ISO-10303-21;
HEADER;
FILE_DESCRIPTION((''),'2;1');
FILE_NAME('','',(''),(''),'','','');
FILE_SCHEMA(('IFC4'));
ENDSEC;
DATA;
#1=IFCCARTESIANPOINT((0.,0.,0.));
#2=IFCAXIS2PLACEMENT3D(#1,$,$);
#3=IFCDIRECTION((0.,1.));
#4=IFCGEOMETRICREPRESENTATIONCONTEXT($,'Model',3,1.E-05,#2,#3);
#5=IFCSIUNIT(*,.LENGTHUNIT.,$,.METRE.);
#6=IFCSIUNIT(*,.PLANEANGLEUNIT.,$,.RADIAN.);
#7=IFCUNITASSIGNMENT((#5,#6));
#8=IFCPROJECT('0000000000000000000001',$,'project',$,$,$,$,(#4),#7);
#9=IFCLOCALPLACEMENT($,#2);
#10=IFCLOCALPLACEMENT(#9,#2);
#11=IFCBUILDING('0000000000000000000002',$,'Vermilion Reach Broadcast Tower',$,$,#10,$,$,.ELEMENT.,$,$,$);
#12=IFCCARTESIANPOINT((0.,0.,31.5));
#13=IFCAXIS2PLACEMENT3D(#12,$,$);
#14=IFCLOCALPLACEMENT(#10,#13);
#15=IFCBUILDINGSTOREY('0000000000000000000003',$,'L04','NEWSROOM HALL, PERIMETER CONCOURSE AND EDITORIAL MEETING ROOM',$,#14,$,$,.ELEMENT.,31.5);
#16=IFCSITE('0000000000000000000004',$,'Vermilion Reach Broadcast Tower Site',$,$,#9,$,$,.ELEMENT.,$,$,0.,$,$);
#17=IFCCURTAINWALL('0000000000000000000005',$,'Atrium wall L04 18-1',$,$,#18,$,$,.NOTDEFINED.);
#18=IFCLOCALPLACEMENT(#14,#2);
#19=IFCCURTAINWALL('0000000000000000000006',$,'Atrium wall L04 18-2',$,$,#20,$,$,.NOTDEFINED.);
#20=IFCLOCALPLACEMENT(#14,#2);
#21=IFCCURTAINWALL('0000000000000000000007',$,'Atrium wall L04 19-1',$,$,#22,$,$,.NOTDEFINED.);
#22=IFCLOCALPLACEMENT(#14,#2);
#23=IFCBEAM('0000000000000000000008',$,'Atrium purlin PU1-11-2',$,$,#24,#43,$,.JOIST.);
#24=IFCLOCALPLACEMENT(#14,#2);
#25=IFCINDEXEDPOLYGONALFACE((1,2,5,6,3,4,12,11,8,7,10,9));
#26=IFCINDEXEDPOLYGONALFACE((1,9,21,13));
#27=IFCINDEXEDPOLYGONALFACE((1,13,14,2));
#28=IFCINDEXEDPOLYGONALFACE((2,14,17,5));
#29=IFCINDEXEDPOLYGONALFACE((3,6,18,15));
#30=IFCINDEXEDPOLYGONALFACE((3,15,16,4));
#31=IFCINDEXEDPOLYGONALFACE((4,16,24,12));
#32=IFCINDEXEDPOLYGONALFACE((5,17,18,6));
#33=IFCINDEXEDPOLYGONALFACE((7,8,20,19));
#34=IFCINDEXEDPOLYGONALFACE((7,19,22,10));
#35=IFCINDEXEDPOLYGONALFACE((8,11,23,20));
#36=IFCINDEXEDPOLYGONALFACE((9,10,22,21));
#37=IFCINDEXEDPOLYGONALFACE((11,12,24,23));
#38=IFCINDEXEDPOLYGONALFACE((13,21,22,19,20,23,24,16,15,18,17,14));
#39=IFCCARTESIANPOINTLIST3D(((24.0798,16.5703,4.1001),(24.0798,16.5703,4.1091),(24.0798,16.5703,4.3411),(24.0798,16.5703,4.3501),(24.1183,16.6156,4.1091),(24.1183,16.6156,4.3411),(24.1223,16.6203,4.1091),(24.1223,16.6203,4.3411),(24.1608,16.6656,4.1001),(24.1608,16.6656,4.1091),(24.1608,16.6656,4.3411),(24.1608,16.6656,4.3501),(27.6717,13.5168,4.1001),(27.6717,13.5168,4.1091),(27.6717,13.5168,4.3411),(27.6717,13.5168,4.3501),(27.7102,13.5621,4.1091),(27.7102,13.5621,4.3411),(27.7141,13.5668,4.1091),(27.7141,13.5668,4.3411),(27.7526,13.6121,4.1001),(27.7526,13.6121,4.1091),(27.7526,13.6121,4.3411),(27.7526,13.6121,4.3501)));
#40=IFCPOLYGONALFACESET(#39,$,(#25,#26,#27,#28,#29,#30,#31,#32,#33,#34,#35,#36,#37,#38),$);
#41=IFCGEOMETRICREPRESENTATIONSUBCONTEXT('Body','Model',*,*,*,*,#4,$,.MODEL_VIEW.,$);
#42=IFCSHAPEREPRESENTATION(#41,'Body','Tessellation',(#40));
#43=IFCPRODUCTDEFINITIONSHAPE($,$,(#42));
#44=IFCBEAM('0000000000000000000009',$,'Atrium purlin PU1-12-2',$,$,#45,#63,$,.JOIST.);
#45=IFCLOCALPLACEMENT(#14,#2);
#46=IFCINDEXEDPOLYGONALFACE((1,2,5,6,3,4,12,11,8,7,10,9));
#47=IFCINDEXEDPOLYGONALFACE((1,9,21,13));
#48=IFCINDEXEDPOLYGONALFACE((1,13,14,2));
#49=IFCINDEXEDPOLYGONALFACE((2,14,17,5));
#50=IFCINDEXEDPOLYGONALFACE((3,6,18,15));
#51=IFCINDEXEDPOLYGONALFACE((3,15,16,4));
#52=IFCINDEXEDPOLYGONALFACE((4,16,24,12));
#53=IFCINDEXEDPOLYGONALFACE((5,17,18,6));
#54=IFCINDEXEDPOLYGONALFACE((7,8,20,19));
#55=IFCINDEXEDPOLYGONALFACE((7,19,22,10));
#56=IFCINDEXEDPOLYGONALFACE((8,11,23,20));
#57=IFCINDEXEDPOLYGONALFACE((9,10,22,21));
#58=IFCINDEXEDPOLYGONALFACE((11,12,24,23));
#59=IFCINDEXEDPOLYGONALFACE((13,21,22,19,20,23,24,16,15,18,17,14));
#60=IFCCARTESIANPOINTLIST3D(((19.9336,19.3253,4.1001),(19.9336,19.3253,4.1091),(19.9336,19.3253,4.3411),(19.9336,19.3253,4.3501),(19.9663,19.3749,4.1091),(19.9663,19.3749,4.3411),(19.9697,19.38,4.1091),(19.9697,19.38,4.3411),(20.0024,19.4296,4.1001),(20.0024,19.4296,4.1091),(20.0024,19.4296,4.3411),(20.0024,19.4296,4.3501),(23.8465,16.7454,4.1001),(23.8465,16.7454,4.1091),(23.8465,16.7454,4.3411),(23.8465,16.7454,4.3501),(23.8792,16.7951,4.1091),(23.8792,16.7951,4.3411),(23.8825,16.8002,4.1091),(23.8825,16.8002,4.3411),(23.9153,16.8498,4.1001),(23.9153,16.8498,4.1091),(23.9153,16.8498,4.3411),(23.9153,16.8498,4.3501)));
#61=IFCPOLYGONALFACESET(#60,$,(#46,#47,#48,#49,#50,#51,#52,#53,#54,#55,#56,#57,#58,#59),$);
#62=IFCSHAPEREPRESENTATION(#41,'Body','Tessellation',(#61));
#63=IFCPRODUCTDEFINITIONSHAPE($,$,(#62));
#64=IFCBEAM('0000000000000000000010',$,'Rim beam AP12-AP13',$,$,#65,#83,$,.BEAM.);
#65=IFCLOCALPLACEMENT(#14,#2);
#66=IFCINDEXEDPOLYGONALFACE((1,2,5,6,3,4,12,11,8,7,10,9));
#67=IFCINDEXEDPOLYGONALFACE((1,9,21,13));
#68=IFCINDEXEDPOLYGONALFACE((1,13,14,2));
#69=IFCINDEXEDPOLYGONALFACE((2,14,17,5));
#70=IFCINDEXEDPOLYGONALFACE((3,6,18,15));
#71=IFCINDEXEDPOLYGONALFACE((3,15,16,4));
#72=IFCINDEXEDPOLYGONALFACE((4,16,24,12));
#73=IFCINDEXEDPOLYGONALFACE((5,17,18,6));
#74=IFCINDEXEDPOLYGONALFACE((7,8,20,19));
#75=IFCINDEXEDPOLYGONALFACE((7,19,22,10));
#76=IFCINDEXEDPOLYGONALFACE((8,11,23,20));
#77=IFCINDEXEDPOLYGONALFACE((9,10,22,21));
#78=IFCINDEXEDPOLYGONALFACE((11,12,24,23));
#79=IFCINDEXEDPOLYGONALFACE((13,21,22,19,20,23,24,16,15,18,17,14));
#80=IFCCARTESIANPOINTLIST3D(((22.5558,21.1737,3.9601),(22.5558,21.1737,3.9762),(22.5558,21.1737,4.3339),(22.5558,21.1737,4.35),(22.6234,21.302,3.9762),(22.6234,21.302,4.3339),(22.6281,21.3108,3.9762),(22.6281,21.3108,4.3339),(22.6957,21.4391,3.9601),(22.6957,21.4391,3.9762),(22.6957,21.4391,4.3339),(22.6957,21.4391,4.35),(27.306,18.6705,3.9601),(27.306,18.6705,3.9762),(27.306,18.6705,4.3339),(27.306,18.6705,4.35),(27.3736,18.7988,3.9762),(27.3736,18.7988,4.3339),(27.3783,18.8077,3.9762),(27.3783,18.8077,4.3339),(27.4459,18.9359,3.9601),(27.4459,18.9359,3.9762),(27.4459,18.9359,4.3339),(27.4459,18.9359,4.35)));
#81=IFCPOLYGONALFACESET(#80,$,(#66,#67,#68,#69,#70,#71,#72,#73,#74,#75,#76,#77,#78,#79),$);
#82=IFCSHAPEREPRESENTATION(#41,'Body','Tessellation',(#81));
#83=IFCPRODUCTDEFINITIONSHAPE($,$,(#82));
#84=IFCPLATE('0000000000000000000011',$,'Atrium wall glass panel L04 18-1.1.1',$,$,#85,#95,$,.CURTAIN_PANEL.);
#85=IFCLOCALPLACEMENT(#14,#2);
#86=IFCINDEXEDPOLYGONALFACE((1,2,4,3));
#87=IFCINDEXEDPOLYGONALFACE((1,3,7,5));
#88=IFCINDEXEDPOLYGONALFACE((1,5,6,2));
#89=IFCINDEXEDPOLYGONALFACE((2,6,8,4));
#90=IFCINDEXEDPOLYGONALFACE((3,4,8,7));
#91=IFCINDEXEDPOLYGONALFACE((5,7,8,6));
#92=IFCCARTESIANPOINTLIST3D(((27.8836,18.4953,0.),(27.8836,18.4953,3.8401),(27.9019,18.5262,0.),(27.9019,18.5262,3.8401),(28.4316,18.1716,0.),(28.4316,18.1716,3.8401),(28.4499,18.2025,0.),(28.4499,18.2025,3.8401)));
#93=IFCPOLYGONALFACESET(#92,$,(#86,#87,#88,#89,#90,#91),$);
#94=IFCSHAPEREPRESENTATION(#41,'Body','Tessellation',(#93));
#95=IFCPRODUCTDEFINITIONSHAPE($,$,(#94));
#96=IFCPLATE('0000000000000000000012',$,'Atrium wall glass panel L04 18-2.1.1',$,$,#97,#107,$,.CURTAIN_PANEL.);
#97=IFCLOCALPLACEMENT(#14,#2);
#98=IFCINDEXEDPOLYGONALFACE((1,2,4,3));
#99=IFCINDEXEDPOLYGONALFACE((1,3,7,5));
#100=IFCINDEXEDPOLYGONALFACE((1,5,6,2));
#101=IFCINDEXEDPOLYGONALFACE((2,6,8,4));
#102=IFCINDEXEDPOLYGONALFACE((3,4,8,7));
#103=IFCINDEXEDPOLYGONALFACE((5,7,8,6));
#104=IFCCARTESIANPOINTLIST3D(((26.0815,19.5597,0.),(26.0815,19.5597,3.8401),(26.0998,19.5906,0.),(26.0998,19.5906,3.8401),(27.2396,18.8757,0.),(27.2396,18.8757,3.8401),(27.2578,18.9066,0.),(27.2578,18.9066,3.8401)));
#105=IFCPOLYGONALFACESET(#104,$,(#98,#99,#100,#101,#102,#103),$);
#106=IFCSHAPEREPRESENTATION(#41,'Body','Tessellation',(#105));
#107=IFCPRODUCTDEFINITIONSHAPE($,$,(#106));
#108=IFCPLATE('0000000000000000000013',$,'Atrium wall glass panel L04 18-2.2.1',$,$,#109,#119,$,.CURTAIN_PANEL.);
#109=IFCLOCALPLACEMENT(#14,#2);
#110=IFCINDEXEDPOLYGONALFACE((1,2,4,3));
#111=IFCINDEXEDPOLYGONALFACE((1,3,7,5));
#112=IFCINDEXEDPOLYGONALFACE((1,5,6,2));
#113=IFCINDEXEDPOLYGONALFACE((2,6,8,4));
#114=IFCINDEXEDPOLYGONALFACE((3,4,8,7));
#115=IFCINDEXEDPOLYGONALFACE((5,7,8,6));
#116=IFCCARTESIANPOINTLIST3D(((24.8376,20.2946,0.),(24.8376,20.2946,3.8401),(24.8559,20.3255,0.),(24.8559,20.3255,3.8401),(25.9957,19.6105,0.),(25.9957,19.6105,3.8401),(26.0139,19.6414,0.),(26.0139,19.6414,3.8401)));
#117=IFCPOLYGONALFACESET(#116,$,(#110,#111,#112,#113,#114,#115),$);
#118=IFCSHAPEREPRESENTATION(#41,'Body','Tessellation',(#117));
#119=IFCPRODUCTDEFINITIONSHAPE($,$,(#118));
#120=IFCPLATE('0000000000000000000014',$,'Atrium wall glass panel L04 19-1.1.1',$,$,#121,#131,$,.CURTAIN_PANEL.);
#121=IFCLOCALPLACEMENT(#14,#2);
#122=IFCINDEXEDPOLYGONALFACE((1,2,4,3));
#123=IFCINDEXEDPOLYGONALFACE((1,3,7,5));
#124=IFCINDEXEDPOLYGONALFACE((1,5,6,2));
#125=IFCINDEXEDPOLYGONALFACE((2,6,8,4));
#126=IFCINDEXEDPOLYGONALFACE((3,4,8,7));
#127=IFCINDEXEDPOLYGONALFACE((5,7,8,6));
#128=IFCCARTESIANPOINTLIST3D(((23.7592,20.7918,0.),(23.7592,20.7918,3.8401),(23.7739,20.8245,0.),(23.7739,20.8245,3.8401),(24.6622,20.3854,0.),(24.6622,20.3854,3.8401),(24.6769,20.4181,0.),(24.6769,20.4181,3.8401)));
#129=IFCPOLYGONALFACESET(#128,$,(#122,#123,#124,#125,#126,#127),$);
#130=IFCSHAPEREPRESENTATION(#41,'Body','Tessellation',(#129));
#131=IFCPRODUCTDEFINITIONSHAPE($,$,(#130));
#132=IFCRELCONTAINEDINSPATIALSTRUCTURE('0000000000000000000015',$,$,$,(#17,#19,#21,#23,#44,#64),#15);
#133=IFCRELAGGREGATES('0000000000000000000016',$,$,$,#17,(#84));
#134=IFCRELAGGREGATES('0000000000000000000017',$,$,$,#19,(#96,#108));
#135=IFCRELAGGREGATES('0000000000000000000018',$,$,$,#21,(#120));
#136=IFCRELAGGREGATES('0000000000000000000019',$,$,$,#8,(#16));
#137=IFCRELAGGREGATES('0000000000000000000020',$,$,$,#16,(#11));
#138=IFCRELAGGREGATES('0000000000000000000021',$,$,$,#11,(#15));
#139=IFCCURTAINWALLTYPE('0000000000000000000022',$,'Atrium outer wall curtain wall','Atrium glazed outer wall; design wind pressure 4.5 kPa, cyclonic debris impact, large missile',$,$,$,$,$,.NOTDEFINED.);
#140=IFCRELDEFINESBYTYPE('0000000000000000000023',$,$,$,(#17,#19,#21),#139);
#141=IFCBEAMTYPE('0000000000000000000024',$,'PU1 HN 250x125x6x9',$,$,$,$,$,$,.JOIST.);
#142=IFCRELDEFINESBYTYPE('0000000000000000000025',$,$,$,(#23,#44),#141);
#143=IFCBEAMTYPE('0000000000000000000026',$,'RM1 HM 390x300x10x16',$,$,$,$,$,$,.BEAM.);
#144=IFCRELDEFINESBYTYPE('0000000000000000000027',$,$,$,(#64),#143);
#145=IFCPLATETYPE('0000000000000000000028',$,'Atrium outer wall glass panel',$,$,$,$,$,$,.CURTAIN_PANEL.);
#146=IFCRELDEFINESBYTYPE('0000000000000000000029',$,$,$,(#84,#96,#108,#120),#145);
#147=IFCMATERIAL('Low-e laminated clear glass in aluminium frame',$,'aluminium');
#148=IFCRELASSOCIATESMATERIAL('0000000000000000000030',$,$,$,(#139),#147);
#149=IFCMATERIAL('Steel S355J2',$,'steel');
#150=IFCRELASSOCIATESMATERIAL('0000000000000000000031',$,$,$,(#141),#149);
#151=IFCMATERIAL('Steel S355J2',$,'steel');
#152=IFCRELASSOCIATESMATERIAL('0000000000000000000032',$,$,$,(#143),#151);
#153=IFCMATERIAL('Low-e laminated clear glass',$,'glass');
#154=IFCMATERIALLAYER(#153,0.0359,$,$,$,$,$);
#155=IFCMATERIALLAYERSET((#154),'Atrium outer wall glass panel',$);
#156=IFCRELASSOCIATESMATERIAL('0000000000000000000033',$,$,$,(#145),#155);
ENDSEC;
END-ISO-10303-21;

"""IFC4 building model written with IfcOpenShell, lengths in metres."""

from ifc_helpers import new_model, si_unit, direction, frame, origin, origin_2d, place, context, subcontext, project, spatial, rectangle, i_section, extrude, material, layer, layer_set, material_profile, profile_set, type_object, element, aggregate, save


model = new_model("IFC4")

# Units and contexts
model_context = context("Model", 3, precision=1e-05, world=origin(), true_north=direction((0.0, 1.0)))
body_context = subcontext(model_context, "Body", "Model", "MODEL_VIEW")
ifc_project = project(units=[si_unit("LENGTHUNIT", "METRE"), si_unit("PLANEANGLEUNIT", "RADIAN")], contexts=[model_context])

# Site, building, storey
site_placement = place(None, origin())
site = spatial("IfcSite", under=ifc_project, at=site_placement, Name="Vermilion Reach Broadcast Tower Site", CompositionType="ELEMENT", RefElevation=0.0)
building_placement = place(site_placement, origin())
building = spatial("IfcBuilding", under=site, at=building_placement, Name="Vermilion Reach Broadcast Tower", CompositionType="ELEMENT")
storey_placement = place(building_placement, frame((0.0, 0.0, 31.5)))
storey = spatial("IfcBuildingStorey", under=building, at=storey_placement, Name="L04", Description="NEWSROOM HALL, PERIMETER CONCOURSE AND EDITORIAL MEETING ROOM", CompositionType="ELEMENT", Elevation=31.5)

# Curtain walls
ifc_material_1 = material(Name="Low-e laminated clear glass in aluminium frame", Category="aluminium")
curtain_wall_type = type_object("IfcCurtainWallType", Name="Atrium outer wall curtain wall", Description="Atrium glazed outer wall; design wind pressure 4.5 kPa, cyclonic debris impact, large missile", PredefinedType="NOTDEFINED", material=ifc_material_1)
placement = place(storey_placement, origin())
curtain_wall_1 = element("IfcCurtainWall", 1, at=placement, inside=storey, type_object=curtain_wall_type, Name="Atrium wall L04 18-1", PredefinedType="NOTDEFINED")
curtain_wall_2 = element("IfcCurtainWall", 2, at=placement, inside=storey, type_object=curtain_wall_type, Name="Atrium wall L04 18-2", PredefinedType="NOTDEFINED")
curtain_wall_3 = element("IfcCurtainWall", 3, at=placement, inside=storey, type_object=curtain_wall_type, Name="Atrium wall L04 19-1", PredefinedType="NOTDEFINED")

# Beams
ifc_material_2 = material(Name="Steel S355J2", Category="steel")
ifc_material_profile_1 = material_profile(ifc_material_2, i_section(OverallWidth=0.125, OverallDepth=0.25, WebThickness=0.0061, FlangeThickness=0.009, at=origin_2d()), Name="S355J2 HN 250x125x6x9")
ifc_profile_set_1 = profile_set([ifc_material_profile_1], Name="Steel S355J2")
beam_type_1 = type_object("IfcBeamType", Name="PU1 HN 250x125x6x9", PredefinedType="JOIST", material=ifc_profile_set_1)
beam_1_placement = place(storey_placement, frame((27.7122, 13.5645, 4.2251), z_axis=(-0.761893, 0.647703, 0.0), x_axis=(-0.647703, -0.761893, 0.0)))
element("IfcBeam", 4, at=beam_1_placement, inside=storey, type_object=beam_type_1, Name="Atrium purlin PU1-11-2", PredefinedType="JOIST", context=body_context, shape_type="SweptSolid", body=[
    extrude(i_section(OverallWidth=0.125, OverallDepth=0.25, WebThickness=0.0061, FlangeThickness=0.009, at=origin_2d()), origin(), (0.0, 0.0, 1.0), 4.7144),
])
beam_2_placement = place(storey_placement, frame((23.8809, 16.7976, 4.2251), z_axis=(-0.834868, 0.55045, 0.0), x_axis=(-0.55045, -0.834868, 0.0)))
element("IfcBeam", 5, at=beam_2_placement, inside=storey, type_object=beam_type_1, Name="Atrium purlin PU1-12-2", PredefinedType="JOIST", context=body_context, shape_type="SweptSolid", body=[
    extrude(i_section(OverallWidth=0.125, OverallDepth=0.25, WebThickness=0.0061, FlangeThickness=0.009, at=origin_2d()), origin(), (0.0, 0.0, 1.0), 4.6868),
])
ifc_material_3 = material(Name="Steel S355J2", Category="steel")
ifc_material_profile_2 = material_profile(ifc_material_3, i_section(OverallWidth=0.3, OverallDepth=0.3899, WebThickness=0.01, FlangeThickness=0.0161, at=origin_2d()), Name="S355J2 HM 390x300x10x16")
ifc_profile_set_2 = profile_set([ifc_material_profile_2], Name="Steel S355J2")
beam_type_2 = type_object("IfcBeamType", Name="RM1 HM 390x300x10x16", PredefinedType="BEAM", material=ifc_profile_set_2)
beam_3_placement = place(storey_placement, frame((27.376, 18.8032, 4.155), z_axis=(-0.884684, 0.466191, 0.0), x_axis=(-0.466191, -0.884684, 0.0)))
element("IfcBeam", 6, at=beam_3_placement, inside=storey, type_object=beam_type_2, Name="Rim beam AP12-AP13", PredefinedType="BEAM", context=body_context, shape_type="SweptSolid", body=[
    extrude(i_section(OverallWidth=0.3, OverallDepth=0.3899, WebThickness=0.01, FlangeThickness=0.0161, at=origin_2d()), origin(), (0.0, 0.0, 1.0), 5.3694),
])

# Plates
ifc_material_4 = material(Name="Low-e laminated clear glass", Category="glass")
ifc_layer = layer(ifc_material_4, 0.0359)
ifc_layer_set = layer_set([ifc_layer], Name="Atrium outer wall glass panel")
plate_type = type_object("IfcPlateType", Name="Atrium outer wall glass panel", PredefinedType="CURTAIN_PANEL", material=ifc_layer_set)
plate_1_placement = place(storey_placement, frame((28.1667, 18.3489, 0.0), z_axis=(0.0, 0.0, 1.0), x_axis=(-0.861009, 0.50859, 0.0)))
plate_1 = element("IfcPlate", 7, at=plate_1_placement, type_object=plate_type, Name="Atrium wall glass panel L04 18-1.1.1", PredefinedType="CURTAIN_PANEL", context=body_context, shape_type="SweptSolid", body=[
    extrude(rectangle(XDim=0.6365, YDim=0.0359, at=origin_2d()), origin(), (0.0, 0.0, 1.0), 3.8401),
])
aggregate(curtain_wall_1, [plate_1])
plate_2_placement = place(storey_placement, frame((26.6697, 19.2332, 0.0), z_axis=(0.0, 0.0, 1.0), x_axis=(-0.861009, 0.50859, 0.0)))
plate_2 = element("IfcPlate", 8, at=plate_2_placement, type_object=plate_type, Name="Atrium wall glass panel L04 18-2.1.1", PredefinedType="CURTAIN_PANEL", context=body_context, shape_type="SweptSolid", body=[
    extrude(rectangle(XDim=1.345, YDim=0.0359, at=origin_2d()), origin(), (0.0, 0.0, 1.0), 3.8401),
])
plate_3_placement = place(storey_placement, frame((25.4258, 19.968, 0.0), z_axis=(0.0, 0.0, 1.0), x_axis=(-0.861009, 0.50859, 0.0)))
plate_3 = element("IfcPlate", 9, at=plate_3_placement, type_object=plate_type, Name="Atrium wall glass panel L04 18-2.2.1", PredefinedType="CURTAIN_PANEL", context=body_context, shape_type="SweptSolid", body=[
    extrude(rectangle(XDim=1.345, YDim=0.0359, at=origin_2d()), origin(), (0.0, 0.0, 1.0), 3.8401),
])
aggregate(curtain_wall_2, [plate_2, plate_3])
plate_4_placement = place(storey_placement, frame((24.218, 20.605, 0.0), z_axis=(0.0, 0.0, 1.0), x_axis=(-0.911902, 0.410408, 0.0)))
plate_4 = element("IfcPlate", 10, at=plate_4_placement, type_object=plate_type, Name="Atrium wall glass panel L04 19-1.1.1", PredefinedType="CURTAIN_PANEL", context=body_context, shape_type="SweptSolid", body=[
    extrude(rectangle(XDim=0.9902, YDim=0.0359, at=origin_2d()), origin(), (0.0, 0.0, 1.0), 3.8401),
])
aggregate(curtain_wall_3, [plate_4])

save(model, "model.ifc")
